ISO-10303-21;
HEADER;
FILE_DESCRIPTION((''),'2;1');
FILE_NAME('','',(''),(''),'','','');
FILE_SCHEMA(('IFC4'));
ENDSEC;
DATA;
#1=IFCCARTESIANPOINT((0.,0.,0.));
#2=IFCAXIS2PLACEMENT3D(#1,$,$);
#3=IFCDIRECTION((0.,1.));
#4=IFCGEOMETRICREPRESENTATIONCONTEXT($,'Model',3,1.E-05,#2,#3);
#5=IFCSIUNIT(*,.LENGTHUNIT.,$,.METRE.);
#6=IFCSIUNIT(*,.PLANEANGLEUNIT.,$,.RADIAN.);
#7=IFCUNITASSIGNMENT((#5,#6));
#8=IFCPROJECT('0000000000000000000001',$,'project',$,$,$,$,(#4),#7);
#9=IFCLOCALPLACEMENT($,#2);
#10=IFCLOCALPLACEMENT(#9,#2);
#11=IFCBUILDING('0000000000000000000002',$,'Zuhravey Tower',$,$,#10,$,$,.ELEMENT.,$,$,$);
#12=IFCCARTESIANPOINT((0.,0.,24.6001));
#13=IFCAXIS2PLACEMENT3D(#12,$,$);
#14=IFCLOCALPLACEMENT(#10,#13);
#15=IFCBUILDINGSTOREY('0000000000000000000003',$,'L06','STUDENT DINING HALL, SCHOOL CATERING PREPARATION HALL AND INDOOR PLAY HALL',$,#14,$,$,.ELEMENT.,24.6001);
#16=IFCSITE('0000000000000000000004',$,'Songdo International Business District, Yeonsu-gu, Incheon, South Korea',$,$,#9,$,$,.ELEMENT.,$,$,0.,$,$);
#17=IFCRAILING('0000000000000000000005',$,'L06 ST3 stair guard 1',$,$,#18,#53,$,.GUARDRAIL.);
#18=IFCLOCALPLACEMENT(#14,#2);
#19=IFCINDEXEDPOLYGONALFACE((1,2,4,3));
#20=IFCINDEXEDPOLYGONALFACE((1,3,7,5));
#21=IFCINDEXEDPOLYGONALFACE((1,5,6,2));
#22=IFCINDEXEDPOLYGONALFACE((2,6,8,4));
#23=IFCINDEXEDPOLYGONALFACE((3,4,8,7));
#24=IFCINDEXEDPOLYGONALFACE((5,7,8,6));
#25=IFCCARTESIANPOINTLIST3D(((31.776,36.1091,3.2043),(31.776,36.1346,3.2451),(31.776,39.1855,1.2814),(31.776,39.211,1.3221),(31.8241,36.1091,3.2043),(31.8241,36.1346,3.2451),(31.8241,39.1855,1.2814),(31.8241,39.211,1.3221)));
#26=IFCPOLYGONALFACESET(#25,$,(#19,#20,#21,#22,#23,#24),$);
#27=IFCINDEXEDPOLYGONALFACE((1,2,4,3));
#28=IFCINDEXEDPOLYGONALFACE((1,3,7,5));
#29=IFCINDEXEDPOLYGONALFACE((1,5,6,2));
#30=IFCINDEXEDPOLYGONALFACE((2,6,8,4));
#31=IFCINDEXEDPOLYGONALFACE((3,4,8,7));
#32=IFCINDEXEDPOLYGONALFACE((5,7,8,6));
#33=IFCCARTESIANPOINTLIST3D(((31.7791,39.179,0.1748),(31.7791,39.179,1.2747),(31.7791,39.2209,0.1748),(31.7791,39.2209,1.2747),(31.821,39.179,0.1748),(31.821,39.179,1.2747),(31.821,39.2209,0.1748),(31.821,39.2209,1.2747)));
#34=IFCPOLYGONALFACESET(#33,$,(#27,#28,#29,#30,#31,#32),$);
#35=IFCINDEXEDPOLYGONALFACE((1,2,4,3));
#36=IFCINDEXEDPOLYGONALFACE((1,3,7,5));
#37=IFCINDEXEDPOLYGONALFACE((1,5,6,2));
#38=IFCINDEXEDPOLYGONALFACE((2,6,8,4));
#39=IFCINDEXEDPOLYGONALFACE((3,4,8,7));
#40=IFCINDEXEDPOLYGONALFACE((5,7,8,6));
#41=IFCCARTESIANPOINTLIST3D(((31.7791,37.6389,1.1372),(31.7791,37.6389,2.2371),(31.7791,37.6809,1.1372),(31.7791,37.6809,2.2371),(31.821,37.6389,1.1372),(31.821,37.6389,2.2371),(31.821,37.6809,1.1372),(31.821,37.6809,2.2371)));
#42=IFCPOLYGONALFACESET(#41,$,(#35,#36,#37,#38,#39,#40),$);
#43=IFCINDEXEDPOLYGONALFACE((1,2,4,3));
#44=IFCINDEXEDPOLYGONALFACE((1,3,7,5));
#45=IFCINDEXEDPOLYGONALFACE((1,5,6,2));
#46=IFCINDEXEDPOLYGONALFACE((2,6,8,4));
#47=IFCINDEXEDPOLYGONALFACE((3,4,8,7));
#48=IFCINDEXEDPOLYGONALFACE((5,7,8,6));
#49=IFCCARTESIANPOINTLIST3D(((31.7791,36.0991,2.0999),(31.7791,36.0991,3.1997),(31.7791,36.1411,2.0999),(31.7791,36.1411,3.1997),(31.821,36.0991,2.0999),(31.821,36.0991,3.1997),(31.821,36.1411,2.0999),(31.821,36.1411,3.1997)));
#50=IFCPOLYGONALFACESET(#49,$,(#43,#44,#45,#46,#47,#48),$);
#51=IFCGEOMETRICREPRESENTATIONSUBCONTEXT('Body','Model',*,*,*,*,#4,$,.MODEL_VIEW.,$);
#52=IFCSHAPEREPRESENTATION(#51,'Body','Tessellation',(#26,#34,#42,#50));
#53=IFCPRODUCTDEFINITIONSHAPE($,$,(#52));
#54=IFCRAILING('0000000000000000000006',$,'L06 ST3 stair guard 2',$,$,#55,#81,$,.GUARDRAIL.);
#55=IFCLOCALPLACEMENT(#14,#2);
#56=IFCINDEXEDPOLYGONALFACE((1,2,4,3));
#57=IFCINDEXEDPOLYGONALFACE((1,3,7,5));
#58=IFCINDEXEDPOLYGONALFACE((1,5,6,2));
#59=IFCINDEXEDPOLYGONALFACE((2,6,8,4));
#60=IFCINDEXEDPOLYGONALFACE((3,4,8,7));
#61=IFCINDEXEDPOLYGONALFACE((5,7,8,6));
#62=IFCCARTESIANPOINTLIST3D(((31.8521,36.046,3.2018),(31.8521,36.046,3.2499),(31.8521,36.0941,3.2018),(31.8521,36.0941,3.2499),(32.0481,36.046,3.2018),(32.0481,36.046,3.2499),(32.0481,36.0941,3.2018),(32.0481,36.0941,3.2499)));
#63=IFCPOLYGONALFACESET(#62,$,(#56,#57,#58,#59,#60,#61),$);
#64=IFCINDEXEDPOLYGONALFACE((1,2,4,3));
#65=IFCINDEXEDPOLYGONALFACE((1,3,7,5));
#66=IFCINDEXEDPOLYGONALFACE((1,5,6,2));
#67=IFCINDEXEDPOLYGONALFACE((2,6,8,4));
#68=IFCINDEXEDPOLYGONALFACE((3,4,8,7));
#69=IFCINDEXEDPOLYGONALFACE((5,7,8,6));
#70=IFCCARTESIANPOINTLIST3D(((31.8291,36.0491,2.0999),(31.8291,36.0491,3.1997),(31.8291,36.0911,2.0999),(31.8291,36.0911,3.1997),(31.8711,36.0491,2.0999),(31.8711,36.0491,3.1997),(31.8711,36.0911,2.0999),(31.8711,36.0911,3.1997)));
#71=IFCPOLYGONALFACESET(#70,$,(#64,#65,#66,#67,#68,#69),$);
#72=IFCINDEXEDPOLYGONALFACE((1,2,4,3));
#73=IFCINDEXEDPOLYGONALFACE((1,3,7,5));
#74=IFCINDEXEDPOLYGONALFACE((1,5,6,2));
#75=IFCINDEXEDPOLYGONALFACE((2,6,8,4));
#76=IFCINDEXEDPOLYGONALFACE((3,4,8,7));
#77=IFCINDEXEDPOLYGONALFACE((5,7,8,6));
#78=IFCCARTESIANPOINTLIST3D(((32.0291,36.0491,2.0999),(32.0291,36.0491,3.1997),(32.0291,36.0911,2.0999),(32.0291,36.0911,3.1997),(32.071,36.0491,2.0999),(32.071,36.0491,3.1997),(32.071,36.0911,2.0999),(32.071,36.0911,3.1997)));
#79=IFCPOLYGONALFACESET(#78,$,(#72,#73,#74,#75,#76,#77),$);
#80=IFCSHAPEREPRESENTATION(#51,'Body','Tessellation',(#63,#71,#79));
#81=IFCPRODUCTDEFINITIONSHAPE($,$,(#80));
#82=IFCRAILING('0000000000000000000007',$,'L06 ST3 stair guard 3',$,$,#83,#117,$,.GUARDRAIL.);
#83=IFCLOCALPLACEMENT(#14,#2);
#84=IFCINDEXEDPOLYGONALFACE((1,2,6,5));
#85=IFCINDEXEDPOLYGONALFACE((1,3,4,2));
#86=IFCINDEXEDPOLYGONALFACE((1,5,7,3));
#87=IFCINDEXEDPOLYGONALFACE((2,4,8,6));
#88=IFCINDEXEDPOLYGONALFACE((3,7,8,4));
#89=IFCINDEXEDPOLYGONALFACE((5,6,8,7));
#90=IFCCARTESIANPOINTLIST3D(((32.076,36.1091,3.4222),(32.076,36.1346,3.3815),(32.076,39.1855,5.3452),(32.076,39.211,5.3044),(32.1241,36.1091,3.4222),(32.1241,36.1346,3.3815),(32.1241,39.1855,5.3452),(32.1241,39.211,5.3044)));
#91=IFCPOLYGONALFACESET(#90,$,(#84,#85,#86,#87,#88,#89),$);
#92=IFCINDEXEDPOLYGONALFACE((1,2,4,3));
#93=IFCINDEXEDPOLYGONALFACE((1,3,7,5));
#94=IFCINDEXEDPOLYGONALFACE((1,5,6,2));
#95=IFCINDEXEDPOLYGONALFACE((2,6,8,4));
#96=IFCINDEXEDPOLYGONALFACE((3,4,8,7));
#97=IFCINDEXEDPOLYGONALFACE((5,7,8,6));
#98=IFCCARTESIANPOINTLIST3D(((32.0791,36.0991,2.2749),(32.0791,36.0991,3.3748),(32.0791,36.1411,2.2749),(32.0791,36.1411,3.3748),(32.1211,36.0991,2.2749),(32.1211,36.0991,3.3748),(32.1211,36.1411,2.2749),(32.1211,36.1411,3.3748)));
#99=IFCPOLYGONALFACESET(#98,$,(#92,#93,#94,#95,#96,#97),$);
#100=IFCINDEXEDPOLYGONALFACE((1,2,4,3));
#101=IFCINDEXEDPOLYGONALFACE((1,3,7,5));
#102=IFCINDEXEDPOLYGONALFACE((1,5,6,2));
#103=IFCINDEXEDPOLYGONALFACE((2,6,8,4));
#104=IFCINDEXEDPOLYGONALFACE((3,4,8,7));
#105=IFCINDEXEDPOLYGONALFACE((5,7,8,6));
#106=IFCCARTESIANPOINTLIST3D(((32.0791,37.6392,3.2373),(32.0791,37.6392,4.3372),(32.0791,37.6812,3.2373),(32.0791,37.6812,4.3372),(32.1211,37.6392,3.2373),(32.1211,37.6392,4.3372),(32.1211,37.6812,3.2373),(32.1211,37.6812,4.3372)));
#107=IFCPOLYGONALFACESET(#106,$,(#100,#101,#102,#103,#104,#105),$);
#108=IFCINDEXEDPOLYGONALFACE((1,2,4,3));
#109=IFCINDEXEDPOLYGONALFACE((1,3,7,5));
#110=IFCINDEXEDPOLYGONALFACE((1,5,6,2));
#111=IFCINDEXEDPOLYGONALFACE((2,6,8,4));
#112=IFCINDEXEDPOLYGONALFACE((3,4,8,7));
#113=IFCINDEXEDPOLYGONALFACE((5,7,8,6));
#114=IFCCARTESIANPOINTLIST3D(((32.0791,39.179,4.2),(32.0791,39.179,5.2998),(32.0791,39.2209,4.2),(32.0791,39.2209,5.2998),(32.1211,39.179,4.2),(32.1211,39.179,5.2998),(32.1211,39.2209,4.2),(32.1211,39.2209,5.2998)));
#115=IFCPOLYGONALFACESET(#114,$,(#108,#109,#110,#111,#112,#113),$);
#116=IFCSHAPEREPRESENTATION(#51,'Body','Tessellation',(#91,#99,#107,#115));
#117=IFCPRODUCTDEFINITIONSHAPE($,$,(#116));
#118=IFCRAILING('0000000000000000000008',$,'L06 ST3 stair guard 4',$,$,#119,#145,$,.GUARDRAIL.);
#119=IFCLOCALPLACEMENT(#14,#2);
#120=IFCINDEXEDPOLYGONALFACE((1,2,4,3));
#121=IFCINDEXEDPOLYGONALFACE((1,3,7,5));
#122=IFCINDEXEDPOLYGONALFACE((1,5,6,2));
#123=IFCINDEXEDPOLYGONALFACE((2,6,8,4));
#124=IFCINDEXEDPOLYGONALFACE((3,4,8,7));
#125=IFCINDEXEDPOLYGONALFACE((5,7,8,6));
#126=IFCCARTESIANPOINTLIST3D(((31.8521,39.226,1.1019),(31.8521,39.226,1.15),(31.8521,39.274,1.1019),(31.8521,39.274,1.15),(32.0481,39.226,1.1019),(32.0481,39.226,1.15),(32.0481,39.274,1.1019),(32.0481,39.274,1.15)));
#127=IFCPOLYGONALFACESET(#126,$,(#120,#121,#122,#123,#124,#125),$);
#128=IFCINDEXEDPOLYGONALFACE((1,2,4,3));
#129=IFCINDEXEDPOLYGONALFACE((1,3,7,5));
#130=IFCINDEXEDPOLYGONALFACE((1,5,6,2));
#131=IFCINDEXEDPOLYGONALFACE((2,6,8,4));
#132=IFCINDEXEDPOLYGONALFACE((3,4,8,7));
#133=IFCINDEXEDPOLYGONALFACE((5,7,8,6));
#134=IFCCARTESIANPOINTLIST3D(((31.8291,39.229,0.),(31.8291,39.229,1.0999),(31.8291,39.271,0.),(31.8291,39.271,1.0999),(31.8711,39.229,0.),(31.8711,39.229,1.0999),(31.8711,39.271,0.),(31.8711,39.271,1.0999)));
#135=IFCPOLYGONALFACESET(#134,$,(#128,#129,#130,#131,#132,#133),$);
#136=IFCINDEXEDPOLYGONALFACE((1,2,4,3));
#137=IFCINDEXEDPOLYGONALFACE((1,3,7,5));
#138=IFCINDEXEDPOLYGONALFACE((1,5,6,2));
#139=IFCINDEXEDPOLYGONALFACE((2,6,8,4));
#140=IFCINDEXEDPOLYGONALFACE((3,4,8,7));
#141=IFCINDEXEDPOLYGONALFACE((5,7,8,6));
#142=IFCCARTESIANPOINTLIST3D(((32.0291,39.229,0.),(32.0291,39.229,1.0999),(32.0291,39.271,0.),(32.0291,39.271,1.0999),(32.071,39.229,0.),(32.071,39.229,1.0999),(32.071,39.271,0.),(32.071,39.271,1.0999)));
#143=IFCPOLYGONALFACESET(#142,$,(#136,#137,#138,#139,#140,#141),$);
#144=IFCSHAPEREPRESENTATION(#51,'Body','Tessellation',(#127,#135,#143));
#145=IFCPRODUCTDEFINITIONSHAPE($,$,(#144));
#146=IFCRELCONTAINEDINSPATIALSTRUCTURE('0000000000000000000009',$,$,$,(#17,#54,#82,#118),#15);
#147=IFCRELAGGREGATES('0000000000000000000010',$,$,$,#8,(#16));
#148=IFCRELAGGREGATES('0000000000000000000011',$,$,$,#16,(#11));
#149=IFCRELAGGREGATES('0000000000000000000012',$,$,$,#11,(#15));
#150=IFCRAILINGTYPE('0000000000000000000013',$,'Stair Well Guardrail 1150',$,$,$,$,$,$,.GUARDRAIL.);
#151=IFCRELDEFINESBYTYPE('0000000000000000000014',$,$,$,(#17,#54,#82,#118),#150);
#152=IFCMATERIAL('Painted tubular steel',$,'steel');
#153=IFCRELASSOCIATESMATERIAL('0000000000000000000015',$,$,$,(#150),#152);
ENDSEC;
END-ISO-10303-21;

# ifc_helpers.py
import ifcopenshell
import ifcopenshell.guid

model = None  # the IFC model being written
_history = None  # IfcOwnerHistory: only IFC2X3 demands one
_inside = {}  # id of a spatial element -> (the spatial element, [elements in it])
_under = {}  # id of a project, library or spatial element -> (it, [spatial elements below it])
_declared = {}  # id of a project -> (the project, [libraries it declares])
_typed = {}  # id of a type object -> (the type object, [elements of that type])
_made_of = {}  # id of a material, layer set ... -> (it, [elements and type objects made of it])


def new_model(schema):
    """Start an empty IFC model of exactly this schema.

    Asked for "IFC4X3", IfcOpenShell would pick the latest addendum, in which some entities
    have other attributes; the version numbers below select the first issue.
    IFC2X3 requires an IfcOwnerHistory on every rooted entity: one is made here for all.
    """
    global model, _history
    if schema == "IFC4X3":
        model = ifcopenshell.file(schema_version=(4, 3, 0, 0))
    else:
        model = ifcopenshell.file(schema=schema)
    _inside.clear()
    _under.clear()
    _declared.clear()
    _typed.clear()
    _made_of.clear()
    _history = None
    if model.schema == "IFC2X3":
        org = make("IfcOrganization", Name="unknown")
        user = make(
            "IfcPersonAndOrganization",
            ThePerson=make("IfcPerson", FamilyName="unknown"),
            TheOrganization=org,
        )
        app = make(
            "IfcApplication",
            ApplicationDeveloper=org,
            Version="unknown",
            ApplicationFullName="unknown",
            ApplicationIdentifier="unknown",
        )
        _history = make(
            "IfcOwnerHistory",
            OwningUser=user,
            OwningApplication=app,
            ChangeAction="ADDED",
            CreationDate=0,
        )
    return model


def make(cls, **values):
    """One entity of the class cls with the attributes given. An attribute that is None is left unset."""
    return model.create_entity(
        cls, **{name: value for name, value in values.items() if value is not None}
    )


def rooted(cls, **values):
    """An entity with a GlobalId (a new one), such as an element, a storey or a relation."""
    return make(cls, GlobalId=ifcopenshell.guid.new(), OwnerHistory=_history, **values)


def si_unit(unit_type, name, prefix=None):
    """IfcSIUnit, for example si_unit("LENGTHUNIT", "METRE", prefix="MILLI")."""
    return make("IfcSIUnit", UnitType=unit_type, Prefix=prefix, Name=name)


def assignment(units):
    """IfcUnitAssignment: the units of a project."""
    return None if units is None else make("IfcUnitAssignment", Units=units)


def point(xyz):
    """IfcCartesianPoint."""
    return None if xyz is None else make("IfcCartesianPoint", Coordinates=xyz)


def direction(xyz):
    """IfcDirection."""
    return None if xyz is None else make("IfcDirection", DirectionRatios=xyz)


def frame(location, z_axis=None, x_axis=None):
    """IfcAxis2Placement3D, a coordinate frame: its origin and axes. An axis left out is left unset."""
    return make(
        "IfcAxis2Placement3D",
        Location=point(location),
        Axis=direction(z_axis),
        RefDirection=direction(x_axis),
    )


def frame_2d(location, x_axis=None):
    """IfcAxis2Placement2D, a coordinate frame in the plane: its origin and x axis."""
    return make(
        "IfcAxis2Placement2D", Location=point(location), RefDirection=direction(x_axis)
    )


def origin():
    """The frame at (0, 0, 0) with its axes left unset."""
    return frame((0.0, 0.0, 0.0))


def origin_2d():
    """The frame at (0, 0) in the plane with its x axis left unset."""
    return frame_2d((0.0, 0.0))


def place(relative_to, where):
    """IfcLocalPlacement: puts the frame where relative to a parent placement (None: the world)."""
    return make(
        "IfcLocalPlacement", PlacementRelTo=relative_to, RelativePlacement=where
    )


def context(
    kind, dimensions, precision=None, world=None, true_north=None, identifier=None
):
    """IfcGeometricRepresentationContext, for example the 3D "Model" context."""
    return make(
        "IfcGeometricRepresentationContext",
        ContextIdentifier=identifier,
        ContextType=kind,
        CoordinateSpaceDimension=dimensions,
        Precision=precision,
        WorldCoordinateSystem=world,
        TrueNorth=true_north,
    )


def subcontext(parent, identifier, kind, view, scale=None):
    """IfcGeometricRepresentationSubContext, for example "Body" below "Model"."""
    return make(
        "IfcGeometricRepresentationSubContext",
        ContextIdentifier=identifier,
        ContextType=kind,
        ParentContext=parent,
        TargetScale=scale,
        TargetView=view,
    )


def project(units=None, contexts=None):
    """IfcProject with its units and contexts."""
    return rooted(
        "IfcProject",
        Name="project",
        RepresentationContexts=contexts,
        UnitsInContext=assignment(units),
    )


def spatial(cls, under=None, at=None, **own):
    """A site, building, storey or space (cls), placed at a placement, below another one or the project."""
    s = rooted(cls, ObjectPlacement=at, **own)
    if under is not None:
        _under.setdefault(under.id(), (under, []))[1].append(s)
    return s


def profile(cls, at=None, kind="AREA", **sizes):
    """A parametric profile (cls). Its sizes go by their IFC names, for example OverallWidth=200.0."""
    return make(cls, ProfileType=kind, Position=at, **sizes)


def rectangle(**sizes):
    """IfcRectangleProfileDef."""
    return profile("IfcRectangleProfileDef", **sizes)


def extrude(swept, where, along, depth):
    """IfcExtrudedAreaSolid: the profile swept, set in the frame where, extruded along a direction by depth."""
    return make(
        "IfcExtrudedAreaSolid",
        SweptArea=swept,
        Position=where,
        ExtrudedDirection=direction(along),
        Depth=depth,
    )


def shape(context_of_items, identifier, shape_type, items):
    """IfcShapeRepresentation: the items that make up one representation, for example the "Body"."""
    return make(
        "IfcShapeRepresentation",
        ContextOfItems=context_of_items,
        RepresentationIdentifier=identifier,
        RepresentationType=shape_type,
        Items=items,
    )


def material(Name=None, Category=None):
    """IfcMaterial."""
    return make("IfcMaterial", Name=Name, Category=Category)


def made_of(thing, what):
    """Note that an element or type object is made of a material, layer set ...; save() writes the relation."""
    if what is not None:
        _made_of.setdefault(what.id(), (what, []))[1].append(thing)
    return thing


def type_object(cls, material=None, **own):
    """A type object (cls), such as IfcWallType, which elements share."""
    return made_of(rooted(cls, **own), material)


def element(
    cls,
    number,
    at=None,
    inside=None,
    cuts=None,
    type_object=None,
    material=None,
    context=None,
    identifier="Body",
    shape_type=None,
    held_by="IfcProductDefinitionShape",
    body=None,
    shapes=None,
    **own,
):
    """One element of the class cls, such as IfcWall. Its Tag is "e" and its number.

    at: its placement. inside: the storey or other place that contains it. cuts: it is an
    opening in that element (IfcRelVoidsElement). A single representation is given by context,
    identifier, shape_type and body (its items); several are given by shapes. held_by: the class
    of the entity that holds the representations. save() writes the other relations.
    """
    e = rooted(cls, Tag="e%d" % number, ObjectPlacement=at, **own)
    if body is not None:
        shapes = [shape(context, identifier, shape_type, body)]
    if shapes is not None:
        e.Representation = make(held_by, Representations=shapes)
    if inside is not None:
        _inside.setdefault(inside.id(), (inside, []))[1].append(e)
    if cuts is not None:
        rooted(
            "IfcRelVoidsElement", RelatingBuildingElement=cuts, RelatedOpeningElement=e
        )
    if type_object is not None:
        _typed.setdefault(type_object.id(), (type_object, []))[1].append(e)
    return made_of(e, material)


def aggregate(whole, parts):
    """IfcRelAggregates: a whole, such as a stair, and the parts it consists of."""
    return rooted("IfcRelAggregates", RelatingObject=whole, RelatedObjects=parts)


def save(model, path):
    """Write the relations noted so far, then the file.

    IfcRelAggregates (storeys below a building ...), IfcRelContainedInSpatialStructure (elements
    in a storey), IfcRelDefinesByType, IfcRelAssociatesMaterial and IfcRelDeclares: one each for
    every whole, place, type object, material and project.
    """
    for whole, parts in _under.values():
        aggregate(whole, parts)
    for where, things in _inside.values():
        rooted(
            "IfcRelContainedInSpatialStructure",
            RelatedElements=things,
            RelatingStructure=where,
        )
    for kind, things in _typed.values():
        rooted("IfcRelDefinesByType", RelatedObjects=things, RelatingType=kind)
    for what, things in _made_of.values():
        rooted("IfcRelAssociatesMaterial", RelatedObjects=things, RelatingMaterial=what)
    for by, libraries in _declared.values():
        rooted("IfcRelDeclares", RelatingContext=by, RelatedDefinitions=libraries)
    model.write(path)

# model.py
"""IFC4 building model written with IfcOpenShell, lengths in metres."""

from ifc_helpers import new_model, si_unit, direction, frame, origin, origin_2d, place, context, subcontext, project, spatial, rectangle, extrude, material, type_object, element, save


model = new_model("IFC4")

# Units and contexts
model_context = context("Model", 3, precision=1e-05, world=origin(), true_north=direction((0.0, 1.0)))
body_context = subcontext(model_context, "Body", "Model", "MODEL_VIEW")
ifc_project = project(units=[si_unit("LENGTHUNIT", "METRE"), si_unit("PLANEANGLEUNIT", "RADIAN")], contexts=[model_context])

# Site, building, storey
site_placement = place(None, origin())
site = spatial("IfcSite", under=ifc_project, at=site_placement, Name="Songdo International Business District, Yeonsu-gu, Incheon, South Korea", CompositionType="ELEMENT", RefElevation=0.0)
building_placement = place(site_placement, origin())
building = spatial("IfcBuilding", under=site, at=building_placement, Name="Zuhravey Tower", CompositionType="ELEMENT")
storey_placement = place(building_placement, frame((0.0, 0.0, 24.6001)))
storey = spatial("IfcBuildingStorey", under=building, at=storey_placement, Name="L06", Description="STUDENT DINING HALL, SCHOOL CATERING PREPARATION HALL AND INDOOR PLAY HALL", CompositionType="ELEMENT", Elevation=24.6001)

# Railings
ifc_material_1 = material(Name="Painted tubular steel", Category="steel")
railing_type_1 = type_object("IfcRailingType", Name="Stair Well Guardrail 1150", PredefinedType="GUARDRAIL", material=ifc_material_1)
railing_1_placement = place(storey_placement, frame((31.8, 39.2, 0.1748)))
element("IfcRailing", 1, at=railing_1_placement, inside=storey, type_object=railing_type_1, Name="L06 ST3 stair guard 1", PredefinedType="GUARDRAIL", context=body_context, shape_type="SweptSolid", body=[
    extrude(rectangle(XDim=0.0481, YDim=0.0481, at=origin_2d()), frame((0.0, -0.0017, 1.127), z_axis=(0.0, -0.847979, 0.530029), x_axis=(1.0, 0.0, 0.0)), (0.0, 0.0, 1.0), 3.6279),
    extrude(rectangle(XDim=0.042, YDim=0.042, at=origin_2d()), origin(), (0.0, 0.0, 1.0), 1.0999),
    extrude(rectangle(XDim=0.042, YDim=0.042, at=origin_2d()), frame((0.0, -1.54, 0.9624)), (0.0, 0.0, 1.0), 1.0999),
    extrude(rectangle(XDim=0.042, YDim=0.042, at=origin_2d()), frame((0.0, -3.0798, 1.925)), (0.0, 0.0, 1.0), 1.0999),
])
railing_2_placement = place(storey_placement, frame((31.8501, 36.0701, 2.0999)))
element("IfcRailing", 2, at=railing_2_placement, inside=storey, type_object=railing_type_1, Name="L06 ST3 stair guard 2", PredefinedType="GUARDRAIL", context=body_context, shape_type="SweptSolid", body=[
    extrude(rectangle(XDim=0.0481, YDim=0.0481, at=origin_2d()), frame((0.002, 0.0, 1.126), z_axis=(1.0, 0.0, 0.0), x_axis=(0.0, 1.0, 0.0)), (0.0, 0.0, 1.0), 0.196),
    extrude(rectangle(XDim=0.042, YDim=0.042, at=origin_2d()), origin(), (0.0, 0.0, 1.0), 1.0999),
    extrude(rectangle(XDim=0.042, YDim=0.042, at=origin_2d()), frame((0.2, 0.0, 0.0)), (0.0, 0.0, 1.0), 1.0999),
])
railing_3_placement = place(storey_placement, frame((32.1001, 36.1201, 2.2749)))
element("IfcRailing", 3, at=railing_3_placement, inside=storey, type_object=railing_type_1, Name="L06 ST3 stair guard 3", PredefinedType="GUARDRAIL", context=body_context, shape_type="SweptSolid", body=[
    extrude(rectangle(XDim=0.0481, YDim=0.0481, at=origin_2d()), frame((0.0, 0.0017, 1.127), z_axis=(0.0, 0.847979, 0.530029), x_axis=(-1.0, 0.0, 0.0)), (0.0, 0.0, 1.0), 3.6279),
    extrude(rectangle(XDim=0.042, YDim=0.042, at=origin_2d()), origin(), (0.0, 0.0, 1.0), 1.0999),
    extrude(rectangle(XDim=0.042, YDim=0.042, at=origin_2d()), frame((0.0, 1.54, 0.9624)), (0.0, 0.0, 1.0), 1.0999),
    extrude(rectangle(XDim=0.042, YDim=0.042, at=origin_2d()), frame((0.0, 3.0798, 1.925)), (0.0, 0.0, 1.0), 1.0999),
])
railing_4_placement = place(storey_placement, frame((31.8501, 39.25, 0.0)))
element("IfcRailing", 4, at=railing_4_placement, inside=storey, type_object=railing_type_1, Name="L06 ST3 stair guard 4", PredefinedType="GUARDRAIL", context=body_context, shape_type="SweptSolid", body=[
    extrude(rectangle(XDim=0.0481, YDim=0.0481, at=origin_2d()), frame((0.002, 0.0, 1.126), z_axis=(1.0, 0.0, 0.0), x_axis=(0.0, 1.0, 0.0)), (0.0, 0.0, 1.0), 0.196),
    extrude(rectangle(XDim=0.042, YDim=0.042, at=origin_2d()), origin(), (0.0, 0.0, 1.0), 1.0999),
    extrude(rectangle(XDim=0.042, YDim=0.042, at=origin_2d()), frame((0.2, 0.0, 0.0)), (0.0, 0.0, 1.0), 1.0999),
])

save(model, "model.ifc")
